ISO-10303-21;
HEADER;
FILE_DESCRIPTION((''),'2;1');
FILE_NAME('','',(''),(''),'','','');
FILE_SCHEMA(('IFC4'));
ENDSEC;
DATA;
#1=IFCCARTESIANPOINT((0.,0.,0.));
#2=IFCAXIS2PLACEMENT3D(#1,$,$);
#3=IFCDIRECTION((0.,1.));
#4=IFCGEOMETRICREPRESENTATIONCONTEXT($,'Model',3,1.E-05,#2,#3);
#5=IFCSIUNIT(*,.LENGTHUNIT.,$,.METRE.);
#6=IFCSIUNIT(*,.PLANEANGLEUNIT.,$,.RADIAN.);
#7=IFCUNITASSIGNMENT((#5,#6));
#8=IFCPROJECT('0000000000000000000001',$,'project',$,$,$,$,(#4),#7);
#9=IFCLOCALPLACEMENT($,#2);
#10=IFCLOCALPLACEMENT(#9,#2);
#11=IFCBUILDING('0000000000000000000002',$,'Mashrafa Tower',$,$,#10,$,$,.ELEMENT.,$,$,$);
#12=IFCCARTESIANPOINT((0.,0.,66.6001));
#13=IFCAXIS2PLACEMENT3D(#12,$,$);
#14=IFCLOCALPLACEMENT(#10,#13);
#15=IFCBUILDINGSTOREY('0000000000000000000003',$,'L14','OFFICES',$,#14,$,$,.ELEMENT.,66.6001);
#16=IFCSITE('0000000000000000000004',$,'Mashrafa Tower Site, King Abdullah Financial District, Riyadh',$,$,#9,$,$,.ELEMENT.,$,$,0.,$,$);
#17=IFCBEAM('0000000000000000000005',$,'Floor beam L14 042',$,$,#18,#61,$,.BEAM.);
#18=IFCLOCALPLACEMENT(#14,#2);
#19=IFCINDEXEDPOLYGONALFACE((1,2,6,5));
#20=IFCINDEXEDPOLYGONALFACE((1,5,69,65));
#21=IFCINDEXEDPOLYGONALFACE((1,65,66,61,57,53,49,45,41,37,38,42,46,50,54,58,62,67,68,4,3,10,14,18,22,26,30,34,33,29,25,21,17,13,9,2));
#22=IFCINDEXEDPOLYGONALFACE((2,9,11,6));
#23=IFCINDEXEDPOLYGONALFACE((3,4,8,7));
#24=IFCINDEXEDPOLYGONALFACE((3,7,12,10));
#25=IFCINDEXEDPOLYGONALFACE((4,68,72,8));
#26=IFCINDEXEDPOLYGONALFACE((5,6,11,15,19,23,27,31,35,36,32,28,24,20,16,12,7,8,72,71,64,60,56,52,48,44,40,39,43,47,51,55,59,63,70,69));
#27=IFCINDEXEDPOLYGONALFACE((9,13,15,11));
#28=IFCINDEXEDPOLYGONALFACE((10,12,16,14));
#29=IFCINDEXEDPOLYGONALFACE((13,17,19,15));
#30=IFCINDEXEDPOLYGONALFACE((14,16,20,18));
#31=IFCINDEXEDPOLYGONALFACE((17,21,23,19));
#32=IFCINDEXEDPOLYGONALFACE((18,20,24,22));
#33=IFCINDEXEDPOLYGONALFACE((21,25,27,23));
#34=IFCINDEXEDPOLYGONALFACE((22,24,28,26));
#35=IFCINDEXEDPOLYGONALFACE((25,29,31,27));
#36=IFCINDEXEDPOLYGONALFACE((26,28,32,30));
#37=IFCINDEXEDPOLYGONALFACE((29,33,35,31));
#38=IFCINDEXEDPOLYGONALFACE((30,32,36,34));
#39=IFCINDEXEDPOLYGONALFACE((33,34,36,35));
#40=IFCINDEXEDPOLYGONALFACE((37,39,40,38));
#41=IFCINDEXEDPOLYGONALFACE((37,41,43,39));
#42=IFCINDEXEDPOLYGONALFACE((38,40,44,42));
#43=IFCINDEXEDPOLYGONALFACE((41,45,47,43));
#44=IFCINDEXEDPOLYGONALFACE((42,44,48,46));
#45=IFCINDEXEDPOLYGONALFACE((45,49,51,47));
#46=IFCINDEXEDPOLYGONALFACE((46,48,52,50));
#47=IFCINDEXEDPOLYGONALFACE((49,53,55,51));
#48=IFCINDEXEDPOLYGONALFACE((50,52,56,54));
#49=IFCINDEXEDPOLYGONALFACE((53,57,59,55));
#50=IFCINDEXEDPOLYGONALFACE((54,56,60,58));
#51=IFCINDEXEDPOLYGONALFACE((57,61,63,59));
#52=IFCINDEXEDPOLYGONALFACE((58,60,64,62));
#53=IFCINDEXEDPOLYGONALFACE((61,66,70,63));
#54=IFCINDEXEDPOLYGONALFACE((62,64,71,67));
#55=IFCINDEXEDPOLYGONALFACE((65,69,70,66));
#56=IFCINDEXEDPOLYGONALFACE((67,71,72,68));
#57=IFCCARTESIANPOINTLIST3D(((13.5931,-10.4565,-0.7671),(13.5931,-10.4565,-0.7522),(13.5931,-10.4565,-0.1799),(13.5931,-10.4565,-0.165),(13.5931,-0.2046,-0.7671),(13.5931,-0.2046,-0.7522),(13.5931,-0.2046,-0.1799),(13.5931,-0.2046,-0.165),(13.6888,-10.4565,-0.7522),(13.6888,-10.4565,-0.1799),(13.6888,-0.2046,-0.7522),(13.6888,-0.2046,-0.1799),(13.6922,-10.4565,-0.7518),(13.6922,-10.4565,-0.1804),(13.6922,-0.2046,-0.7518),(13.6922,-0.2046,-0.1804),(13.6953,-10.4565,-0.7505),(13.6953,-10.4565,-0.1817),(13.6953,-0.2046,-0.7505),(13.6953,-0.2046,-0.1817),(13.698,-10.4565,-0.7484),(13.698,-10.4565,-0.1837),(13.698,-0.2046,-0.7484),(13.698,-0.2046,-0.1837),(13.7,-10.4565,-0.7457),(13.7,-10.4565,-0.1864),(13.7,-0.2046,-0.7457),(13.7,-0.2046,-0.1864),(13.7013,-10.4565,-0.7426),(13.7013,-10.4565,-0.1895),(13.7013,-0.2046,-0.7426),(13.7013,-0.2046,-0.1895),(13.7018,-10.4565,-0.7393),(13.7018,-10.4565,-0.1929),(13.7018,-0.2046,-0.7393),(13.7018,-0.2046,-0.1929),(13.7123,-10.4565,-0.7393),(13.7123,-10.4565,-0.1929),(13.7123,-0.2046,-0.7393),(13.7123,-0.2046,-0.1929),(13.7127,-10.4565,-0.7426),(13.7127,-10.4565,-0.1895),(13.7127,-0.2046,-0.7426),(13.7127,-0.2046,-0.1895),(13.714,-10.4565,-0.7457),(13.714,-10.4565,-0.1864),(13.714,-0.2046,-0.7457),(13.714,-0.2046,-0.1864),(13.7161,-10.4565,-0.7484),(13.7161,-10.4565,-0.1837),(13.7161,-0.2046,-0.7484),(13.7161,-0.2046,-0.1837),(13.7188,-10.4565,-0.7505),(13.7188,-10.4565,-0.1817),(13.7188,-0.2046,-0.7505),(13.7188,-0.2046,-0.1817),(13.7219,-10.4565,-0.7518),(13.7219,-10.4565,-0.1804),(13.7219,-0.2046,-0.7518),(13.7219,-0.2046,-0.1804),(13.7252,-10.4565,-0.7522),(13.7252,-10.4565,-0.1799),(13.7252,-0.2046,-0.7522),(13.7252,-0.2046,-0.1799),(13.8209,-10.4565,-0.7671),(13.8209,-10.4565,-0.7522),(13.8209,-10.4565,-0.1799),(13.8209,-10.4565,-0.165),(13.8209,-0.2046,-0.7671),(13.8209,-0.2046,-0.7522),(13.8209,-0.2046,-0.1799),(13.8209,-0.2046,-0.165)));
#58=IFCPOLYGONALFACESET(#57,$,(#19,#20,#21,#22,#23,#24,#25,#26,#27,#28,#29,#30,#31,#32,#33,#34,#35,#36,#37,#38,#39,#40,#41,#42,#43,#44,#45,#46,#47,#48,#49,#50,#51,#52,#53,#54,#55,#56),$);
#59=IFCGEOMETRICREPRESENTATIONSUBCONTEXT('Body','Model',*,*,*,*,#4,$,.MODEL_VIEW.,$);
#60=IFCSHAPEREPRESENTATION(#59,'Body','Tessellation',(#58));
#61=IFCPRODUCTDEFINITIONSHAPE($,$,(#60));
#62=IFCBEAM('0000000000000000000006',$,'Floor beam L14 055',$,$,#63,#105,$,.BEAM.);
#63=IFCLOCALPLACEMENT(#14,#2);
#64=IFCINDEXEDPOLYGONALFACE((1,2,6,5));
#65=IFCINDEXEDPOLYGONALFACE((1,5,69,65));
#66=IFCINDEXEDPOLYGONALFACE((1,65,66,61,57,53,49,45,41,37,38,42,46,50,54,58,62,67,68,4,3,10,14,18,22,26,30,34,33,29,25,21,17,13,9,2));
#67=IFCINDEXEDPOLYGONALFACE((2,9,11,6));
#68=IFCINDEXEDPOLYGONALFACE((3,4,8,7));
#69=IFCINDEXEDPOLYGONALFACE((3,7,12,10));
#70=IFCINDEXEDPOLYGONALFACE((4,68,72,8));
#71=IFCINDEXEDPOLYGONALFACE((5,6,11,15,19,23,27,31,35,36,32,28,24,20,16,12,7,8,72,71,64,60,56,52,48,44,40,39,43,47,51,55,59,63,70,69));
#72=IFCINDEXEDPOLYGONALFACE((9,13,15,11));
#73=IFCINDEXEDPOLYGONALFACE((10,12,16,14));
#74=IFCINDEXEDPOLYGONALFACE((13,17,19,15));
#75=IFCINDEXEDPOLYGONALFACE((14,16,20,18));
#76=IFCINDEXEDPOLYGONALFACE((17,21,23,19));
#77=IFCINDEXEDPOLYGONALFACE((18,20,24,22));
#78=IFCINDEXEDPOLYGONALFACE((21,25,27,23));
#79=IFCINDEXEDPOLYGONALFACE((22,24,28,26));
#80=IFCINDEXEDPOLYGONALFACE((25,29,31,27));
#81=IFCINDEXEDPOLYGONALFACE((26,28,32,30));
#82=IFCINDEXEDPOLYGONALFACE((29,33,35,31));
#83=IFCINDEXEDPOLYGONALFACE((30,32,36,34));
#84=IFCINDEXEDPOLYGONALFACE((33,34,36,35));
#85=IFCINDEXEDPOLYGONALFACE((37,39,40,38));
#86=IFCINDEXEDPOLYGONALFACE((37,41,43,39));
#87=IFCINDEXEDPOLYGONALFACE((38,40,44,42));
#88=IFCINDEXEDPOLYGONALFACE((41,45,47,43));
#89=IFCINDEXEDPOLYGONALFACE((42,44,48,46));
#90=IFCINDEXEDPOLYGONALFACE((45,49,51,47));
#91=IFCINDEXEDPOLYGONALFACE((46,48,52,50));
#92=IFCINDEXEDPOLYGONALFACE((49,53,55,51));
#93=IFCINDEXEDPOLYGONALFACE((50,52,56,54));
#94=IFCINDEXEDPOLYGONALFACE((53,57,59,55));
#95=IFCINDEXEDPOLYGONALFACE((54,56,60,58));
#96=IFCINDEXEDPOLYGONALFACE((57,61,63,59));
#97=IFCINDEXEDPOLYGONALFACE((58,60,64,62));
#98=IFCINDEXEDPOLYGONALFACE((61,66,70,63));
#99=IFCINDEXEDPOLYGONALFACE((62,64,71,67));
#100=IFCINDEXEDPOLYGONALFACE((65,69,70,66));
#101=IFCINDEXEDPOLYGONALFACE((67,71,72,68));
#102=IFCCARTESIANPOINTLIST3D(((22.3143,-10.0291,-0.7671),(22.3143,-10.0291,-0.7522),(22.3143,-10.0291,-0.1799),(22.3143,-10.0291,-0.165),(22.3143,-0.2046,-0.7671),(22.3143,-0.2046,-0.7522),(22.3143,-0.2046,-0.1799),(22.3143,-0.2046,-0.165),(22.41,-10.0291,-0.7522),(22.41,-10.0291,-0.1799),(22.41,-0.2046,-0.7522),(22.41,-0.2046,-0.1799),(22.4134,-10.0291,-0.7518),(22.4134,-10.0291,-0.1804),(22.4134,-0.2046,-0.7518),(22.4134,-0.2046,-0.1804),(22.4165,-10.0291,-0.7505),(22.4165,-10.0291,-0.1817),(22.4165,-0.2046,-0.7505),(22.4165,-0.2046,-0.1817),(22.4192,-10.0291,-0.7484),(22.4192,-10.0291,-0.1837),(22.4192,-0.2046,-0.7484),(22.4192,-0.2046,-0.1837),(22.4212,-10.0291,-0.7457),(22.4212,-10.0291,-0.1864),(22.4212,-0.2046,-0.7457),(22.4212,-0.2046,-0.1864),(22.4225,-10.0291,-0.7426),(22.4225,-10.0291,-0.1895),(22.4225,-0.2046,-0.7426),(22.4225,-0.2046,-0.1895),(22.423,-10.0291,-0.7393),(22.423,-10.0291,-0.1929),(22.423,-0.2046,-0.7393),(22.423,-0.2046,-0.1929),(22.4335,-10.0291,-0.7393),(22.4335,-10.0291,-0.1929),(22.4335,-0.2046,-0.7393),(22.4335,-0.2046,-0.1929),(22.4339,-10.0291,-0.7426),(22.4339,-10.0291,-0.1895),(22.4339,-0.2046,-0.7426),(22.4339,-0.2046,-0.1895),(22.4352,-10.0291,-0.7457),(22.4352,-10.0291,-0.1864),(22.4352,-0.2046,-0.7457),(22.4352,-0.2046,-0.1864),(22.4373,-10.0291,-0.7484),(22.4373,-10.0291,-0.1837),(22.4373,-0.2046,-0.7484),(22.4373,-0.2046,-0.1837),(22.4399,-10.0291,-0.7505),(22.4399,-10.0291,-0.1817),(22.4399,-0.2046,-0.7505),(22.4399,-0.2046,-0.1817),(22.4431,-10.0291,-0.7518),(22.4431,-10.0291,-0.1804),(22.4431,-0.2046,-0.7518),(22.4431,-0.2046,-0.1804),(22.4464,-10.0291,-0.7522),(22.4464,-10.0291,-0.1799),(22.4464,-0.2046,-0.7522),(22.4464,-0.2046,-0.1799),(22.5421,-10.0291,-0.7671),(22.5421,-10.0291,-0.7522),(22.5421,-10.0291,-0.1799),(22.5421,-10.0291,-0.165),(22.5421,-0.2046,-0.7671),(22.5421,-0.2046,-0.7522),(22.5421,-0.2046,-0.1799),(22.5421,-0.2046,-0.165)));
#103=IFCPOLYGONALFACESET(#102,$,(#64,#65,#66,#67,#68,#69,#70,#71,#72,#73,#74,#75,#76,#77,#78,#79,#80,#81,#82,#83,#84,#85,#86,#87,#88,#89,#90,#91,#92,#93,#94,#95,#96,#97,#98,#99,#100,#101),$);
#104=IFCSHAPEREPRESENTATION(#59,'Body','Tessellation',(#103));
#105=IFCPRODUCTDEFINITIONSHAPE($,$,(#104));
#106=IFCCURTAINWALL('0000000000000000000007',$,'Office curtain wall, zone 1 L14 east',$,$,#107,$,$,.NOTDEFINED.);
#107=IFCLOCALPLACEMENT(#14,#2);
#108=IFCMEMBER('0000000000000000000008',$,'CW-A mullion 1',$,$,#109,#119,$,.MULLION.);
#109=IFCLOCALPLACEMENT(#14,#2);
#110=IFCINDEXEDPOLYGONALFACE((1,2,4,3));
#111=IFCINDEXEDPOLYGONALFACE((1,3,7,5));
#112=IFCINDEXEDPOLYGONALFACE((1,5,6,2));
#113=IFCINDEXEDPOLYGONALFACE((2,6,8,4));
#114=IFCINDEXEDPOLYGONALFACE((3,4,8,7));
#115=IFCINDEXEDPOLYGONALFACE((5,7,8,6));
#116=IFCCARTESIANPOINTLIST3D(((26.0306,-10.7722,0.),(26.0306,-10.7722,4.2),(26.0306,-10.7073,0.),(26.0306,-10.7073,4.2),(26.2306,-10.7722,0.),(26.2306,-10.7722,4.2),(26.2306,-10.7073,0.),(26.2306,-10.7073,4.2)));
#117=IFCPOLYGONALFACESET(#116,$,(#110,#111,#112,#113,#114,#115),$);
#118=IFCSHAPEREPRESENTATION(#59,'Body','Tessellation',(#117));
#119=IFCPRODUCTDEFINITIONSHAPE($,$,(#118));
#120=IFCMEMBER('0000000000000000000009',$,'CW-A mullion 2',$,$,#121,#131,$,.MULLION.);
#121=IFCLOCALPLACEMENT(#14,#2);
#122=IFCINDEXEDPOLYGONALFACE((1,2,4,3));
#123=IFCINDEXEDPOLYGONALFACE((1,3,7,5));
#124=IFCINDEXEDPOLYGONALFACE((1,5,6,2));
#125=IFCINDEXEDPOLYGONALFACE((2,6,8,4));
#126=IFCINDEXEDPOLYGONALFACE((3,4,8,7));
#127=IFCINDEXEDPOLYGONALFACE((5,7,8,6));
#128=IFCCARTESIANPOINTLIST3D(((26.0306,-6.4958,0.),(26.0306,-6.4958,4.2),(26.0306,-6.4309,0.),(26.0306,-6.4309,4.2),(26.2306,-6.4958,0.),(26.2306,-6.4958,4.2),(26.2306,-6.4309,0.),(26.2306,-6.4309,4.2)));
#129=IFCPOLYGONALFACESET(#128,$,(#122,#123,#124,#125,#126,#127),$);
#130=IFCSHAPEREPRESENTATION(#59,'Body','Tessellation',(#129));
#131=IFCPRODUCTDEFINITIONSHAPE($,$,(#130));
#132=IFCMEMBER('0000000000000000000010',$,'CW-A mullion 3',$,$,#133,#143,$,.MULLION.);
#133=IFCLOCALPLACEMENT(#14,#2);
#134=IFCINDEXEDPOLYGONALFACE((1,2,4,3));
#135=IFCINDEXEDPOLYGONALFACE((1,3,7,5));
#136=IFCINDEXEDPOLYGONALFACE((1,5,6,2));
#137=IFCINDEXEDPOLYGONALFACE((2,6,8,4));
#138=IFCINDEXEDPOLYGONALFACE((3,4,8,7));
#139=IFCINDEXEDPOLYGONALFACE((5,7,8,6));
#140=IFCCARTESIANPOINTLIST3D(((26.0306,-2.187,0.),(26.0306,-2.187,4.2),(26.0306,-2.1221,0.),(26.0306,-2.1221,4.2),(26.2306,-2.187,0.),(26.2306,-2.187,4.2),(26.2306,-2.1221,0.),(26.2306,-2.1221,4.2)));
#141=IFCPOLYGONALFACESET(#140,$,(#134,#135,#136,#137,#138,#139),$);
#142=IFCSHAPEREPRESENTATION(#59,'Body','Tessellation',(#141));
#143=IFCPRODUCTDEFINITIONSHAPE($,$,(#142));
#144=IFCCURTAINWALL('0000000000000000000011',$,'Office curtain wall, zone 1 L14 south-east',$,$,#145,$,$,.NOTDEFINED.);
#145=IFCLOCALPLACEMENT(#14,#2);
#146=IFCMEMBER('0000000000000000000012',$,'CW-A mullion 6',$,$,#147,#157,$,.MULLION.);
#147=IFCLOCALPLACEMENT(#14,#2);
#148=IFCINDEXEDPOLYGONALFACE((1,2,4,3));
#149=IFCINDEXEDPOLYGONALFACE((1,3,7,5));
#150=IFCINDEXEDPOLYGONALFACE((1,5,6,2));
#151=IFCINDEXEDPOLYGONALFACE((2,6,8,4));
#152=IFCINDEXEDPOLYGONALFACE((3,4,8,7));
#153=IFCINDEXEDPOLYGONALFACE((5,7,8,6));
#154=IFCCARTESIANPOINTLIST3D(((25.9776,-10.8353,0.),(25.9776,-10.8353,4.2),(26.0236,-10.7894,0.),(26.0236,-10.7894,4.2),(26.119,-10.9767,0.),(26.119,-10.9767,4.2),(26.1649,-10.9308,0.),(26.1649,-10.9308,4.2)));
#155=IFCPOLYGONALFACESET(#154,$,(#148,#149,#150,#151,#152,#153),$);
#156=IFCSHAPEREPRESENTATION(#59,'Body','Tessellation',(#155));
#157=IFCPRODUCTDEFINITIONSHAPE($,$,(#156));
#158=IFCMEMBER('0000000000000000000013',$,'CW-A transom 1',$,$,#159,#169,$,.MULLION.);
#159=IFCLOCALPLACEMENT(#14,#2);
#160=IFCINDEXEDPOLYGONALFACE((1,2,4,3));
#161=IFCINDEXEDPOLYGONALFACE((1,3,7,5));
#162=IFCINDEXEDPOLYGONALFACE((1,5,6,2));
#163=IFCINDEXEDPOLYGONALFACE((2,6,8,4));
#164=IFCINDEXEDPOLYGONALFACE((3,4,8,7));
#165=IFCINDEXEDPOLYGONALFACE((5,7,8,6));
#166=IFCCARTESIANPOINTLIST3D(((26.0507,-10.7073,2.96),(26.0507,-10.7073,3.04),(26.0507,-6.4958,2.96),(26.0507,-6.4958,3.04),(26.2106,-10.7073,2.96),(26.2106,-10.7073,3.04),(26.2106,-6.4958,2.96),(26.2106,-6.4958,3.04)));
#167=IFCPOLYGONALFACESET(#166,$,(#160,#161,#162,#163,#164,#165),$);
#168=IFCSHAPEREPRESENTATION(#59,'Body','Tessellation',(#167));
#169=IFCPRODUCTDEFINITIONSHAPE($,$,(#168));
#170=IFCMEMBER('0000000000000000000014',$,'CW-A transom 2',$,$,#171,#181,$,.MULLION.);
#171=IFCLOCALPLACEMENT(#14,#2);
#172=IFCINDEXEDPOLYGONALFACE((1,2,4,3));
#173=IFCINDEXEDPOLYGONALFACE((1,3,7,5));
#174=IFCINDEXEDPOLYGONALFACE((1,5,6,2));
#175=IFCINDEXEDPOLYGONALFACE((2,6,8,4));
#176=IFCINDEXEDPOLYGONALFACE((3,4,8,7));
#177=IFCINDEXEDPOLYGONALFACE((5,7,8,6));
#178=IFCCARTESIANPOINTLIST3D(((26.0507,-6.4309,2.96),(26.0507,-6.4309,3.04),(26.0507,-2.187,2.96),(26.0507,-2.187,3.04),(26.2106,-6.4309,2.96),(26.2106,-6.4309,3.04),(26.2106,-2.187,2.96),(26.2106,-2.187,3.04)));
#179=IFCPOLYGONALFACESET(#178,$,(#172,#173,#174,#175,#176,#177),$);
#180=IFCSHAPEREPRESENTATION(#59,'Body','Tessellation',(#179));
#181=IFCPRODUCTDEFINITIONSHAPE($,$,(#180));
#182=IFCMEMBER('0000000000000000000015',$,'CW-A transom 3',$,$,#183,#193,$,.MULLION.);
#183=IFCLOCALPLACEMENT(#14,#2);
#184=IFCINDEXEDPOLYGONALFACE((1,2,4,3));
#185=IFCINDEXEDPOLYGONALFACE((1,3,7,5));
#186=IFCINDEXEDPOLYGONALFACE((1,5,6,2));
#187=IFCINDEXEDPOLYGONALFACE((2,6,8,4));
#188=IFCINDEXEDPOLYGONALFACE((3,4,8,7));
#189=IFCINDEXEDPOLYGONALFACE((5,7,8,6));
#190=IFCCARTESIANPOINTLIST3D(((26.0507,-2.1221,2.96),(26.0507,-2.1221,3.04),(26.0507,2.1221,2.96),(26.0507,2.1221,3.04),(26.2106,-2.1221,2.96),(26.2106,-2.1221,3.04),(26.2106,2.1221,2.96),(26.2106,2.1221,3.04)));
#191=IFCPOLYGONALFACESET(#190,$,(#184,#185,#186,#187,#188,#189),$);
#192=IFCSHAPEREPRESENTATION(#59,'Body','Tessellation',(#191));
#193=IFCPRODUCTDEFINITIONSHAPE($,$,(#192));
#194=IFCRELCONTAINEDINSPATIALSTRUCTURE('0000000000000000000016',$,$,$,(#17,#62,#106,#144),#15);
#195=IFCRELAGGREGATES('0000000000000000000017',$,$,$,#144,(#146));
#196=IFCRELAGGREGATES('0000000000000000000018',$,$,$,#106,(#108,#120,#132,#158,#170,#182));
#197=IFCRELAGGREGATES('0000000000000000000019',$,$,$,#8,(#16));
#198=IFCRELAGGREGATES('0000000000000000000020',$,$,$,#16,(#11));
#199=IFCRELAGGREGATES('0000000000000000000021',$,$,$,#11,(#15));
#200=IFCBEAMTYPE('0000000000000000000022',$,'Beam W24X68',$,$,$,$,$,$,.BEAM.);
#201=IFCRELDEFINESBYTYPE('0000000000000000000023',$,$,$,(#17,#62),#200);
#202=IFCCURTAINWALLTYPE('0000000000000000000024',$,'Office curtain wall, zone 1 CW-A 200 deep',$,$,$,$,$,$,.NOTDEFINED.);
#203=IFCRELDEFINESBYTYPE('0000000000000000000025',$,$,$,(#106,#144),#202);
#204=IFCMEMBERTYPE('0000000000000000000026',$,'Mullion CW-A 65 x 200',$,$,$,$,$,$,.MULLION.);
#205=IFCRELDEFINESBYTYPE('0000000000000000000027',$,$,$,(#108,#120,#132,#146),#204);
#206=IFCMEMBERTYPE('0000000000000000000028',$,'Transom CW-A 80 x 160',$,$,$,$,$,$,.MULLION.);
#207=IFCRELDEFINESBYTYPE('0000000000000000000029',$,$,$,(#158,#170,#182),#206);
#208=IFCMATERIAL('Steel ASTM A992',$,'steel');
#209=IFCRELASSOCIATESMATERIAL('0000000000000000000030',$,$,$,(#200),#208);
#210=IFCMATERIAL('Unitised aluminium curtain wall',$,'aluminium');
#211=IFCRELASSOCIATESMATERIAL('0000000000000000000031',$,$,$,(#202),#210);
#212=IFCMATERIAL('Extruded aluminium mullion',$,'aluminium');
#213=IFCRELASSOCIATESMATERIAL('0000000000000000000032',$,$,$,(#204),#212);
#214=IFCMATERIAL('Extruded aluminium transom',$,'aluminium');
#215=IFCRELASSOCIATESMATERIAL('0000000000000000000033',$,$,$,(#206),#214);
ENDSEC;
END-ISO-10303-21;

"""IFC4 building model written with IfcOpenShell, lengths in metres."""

from ifc_helpers import new_model, si_unit, direction, frame, origin, origin_2d, place, context, subcontext, project, spatial, rectangle, i_section, extrude, source, transform, mapped, material, material_profile, profile_set, type_object, type_shapes, element, aggregate, save


model = new_model("IFC4")

# Units and contexts
model_context = context("Model", 3, precision=1e-05, world=origin(), true_north=direction((0.0, 1.0)))
body_context = subcontext(model_context, "Body", "Model", "MODEL_VIEW")
ifc_project = project(units=[si_unit("LENGTHUNIT", "METRE"), si_unit("PLANEANGLEUNIT", "RADIAN")], contexts=[model_context])

# Site, building, storey
site_placement = place(None, origin())
site = spatial("IfcSite", under=ifc_project, at=site_placement, Name="Mashrafa Tower Site, King Abdullah Financial District, Riyadh", CompositionType="ELEMENT", RefElevation=0.0)
building_placement = place(site_placement, origin())
building = spatial("IfcBuilding", under=site, at=building_placement, Name="Mashrafa Tower", CompositionType="ELEMENT")
storey_placement = place(building_placement, frame((0.0, 0.0, 66.6001)))
storey = spatial("IfcBuildingStorey", under=building, at=storey_placement, Name="L14", Description="OFFICES", CompositionType="ELEMENT", Elevation=66.6001)

# Beams
ifc_material_1 = material(Name="Steel ASTM A992", Category="steel")
ifc_material_profile_1 = material_profile(ifc_material_1, i_section(OverallWidth=0.2278, OverallDepth=0.6021, WebThickness=0.0105, FlangeThickness=0.0149, FilletRadius=0.0129, at=origin_2d()), Name="W24X68")
ifc_profile_set_1 = profile_set([ifc_material_profile_1], Name="Steel ASTM A992")
beam_type_1 = type_object("IfcBeamType", Name="Beam W24X68", PredefinedType="BEAM", material=ifc_profile_set_1)
beam_1_placement = place(storey_placement, frame((13.707, -0.2046, -0.4661), z_axis=(0.0, -1.0, 0.0), x_axis=(1.0, 0.0, 0.0)))
element("IfcBeam", 1, at=beam_1_placement, inside=storey, type_object=beam_type_1, Name="Floor beam L14 042", PredefinedType="BEAM", context=body_context, shape_type="SweptSolid", body=[
    extrude(i_section(OverallWidth=0.2278, OverallDepth=0.6021, WebThickness=0.0105, FlangeThickness=0.0149, FilletRadius=0.0129, at=origin_2d()), origin(), (0.0, 0.0, 1.0), 10.252),
])
beam_2_placement = place(storey_placement, frame((22.4282, -0.2046, -0.4661), z_axis=(0.0, -1.0, 0.0), x_axis=(1.0, 0.0, 0.0)))
element("IfcBeam", 2, at=beam_2_placement, inside=storey, type_object=beam_type_1, Name="Floor beam L14 055", PredefinedType="BEAM", context=body_context, shape_type="SweptSolid", body=[
    extrude(i_section(OverallWidth=0.2278, OverallDepth=0.6021, WebThickness=0.0105, FlangeThickness=0.0149, FilletRadius=0.0129, at=origin_2d()), origin(), (0.0, 0.0, 1.0), 9.8245),
])

# Curtain wall, members
ifc_material_2 = material(Name="Unitised aluminium curtain wall", Category="aluminium")
curtain_wall_type = type_object("IfcCurtainWallType", Name="Office curtain wall, zone 1 CW-A 200 deep", PredefinedType="NOTDEFINED", material=ifc_material_2)
curtain_wall_1_placement = place(storey_placement, origin())
curtain_wall_1 = element("IfcCurtainWall", 3, at=curtain_wall_1_placement, inside=storey, type_object=curtain_wall_type, Name="Office curtain wall, zone 1 L14 east", PredefinedType="NOTDEFINED")
ifc_material_3 = material(Name="Extruded aluminium mullion", Category="aluminium")
ifc_material_profile_2 = material_profile(ifc_material_3, rectangle(XDim=0.2, YDim=0.0649, at=origin_2d()), Name="Mullion 65x200")
ifc_profile_set_2 = profile_set([ifc_material_profile_2], Name="Extruded aluminium mullion")
member_type_1 = type_object("IfcMemberType", Name="Mullion CW-A 65 x 200", PredefinedType="MULLION", material=ifc_profile_set_2)
shared_shape_1 = source(origin(), body_context, "Body", "SweptSolid", [
    extrude(rectangle(XDim=0.2, YDim=0.0649, at=origin_2d()), origin(), (0.0, 0.0, 1.0), 4.2),
])
type_shapes(member_type_1, [shared_shape_1])
member_1_placement = place(storey_placement, frame((26.1306, -10.7397, 0.0), z_axis=(0.0, 0.0, 1.0), x_axis=(-1.0, 0.0, 0.0)))
member_1 = element("IfcMember", 4, at=member_1_placement, type_object=member_type_1, Name="CW-A mullion 1", PredefinedType="MULLION", context=body_context, shape_type="MappedRepresentation", body=[
    mapped(shared_shape_1, transform((0.0, 0.0, 0.0))),
])
member_2_placement = place(storey_placement, frame((26.1306, -6.4634, 0.0), z_axis=(0.0, 0.0, 1.0), x_axis=(-1.0, 0.0, 0.0)))
member_2 = element("IfcMember", 5, at=member_2_placement, type_object=member_type_1, Name="CW-A mullion 2", PredefinedType="MULLION", context=body_context, shape_type="MappedRepresentation", body=[
    mapped(shared_shape_1, transform((0.0, 0.0, 0.0))),
])
member_3_placement = place(storey_placement, frame((26.1306, -2.1545, 0.0), z_axis=(0.0, 0.0, 1.0), x_axis=(-1.0, 0.0, 0.0)))
member_3 = element("IfcMember", 6, at=member_3_placement, type_object=member_type_1, Name="CW-A mullion 3", PredefinedType="MULLION", context=body_context, shape_type="MappedRepresentation", body=[
    mapped(shared_shape_1, transform((0.0, 0.0, 0.0))),
])

# Curtain wall, member
curtain_wall_2_placement = place(storey_placement, origin())
curtain_wall_2 = element("IfcCurtainWall", 7, at=curtain_wall_2_placement, inside=storey, type_object=curtain_wall_type, Name="Office curtain wall, zone 1 L14 south-east", PredefinedType="NOTDEFINED")
member_4_placement = place(storey_placement, frame((26.0713, -10.8831, 0.0), z_axis=(0.0, 0.0, 1.0), x_axis=(-0.707107, 0.707107, 0.0)))
member_4 = element("IfcMember", 8, at=member_4_placement, type_object=member_type_1, Name="CW-A mullion 6", PredefinedType="MULLION", context=body_context, shape_type="MappedRepresentation", body=[
    mapped(shared_shape_1, transform((0.0, 0.0, 0.0))),
])

# Members
ifc_material_4 = material(Name="Extruded aluminium transom", Category="aluminium")
ifc_material_profile_3 = material_profile(ifc_material_4, rectangle(XDim=0.1599, YDim=0.0801, at=origin_2d()), Name="Transom 80x160")
ifc_profile_set_3 = profile_set([ifc_material_profile_3], Name="Extruded aluminium transom")
member_type_2 = type_object("IfcMemberType", Name="Transom CW-A 80 x 160", PredefinedType="MULLION", material=ifc_profile_set_3)
shared_shape_2 = source(origin(), body_context, "Body", "SweptSolid", [
    extrude(rectangle(XDim=0.1599, YDim=0.0801, at=origin_2d()), origin(), (0.0, 0.0, 1.0), 4.2114),
])
member_5_placement = place(storey_placement, frame((26.1306, -10.7073, 3.0), z_axis=(0.0, 1.0, 0.0), x_axis=(-1.0, 0.0, 0.0)))
member_5 = element("IfcMember", 9, at=member_5_placement, type_object=member_type_2, Name="CW-A transom 1", PredefinedType="MULLION", context=body_context, shape_type="MappedRepresentation", body=[
    mapped(shared_shape_2, transform((0.0, 0.0, 0.0))),
])
shared_shape_3 = source(origin(), body_context, "Body", "SweptSolid", [
    extrude(rectangle(XDim=0.1599, YDim=0.0801, at=origin_2d()), origin(), (0.0, 0.0, 1.0), 4.2439),
])
member_6_placement = place(storey_placement, frame((26.1306, -6.4309, 3.0), z_axis=(0.0, 1.0, 0.0), x_axis=(-1.0, 0.0, 0.0)))
member_6 = element("IfcMember", 10, at=member_6_placement, type_object=member_type_2, Name="CW-A transom 2", PredefinedType="MULLION", context=body_context, shape_type="MappedRepresentation", body=[
    mapped(shared_shape_3, transform((0.0, 0.0, 0.0))),
])
shared_shape_4 = source(origin(), body_context, "Body", "SweptSolid", [
    extrude(rectangle(XDim=0.1599, YDim=0.0801, at=origin_2d()), origin(), (0.0, 0.0, 1.0), 4.2441),
])
type_shapes(member_type_2, [shared_shape_2, shared_shape_3, shared_shape_4])
member_7_placement = place(storey_placement, frame((26.1306, -2.1221, 3.0), z_axis=(0.0, 1.0, 0.0), x_axis=(-1.0, 0.0, 0.0)))
member_7 = element("IfcMember", 11, at=member_7_placement, type_object=member_type_2, Name="CW-A transom 3", PredefinedType="MULLION", context=body_context, shape_type="MappedRepresentation", body=[
    mapped(shared_shape_4, transform((0.0, 0.0, 0.0))),
])

aggregate(curtain_wall_2, [member_4])
aggregate(curtain_wall_1, [member_1, member_2, member_3, member_5, member_6, member_7])

save(model, "model.ifc")
